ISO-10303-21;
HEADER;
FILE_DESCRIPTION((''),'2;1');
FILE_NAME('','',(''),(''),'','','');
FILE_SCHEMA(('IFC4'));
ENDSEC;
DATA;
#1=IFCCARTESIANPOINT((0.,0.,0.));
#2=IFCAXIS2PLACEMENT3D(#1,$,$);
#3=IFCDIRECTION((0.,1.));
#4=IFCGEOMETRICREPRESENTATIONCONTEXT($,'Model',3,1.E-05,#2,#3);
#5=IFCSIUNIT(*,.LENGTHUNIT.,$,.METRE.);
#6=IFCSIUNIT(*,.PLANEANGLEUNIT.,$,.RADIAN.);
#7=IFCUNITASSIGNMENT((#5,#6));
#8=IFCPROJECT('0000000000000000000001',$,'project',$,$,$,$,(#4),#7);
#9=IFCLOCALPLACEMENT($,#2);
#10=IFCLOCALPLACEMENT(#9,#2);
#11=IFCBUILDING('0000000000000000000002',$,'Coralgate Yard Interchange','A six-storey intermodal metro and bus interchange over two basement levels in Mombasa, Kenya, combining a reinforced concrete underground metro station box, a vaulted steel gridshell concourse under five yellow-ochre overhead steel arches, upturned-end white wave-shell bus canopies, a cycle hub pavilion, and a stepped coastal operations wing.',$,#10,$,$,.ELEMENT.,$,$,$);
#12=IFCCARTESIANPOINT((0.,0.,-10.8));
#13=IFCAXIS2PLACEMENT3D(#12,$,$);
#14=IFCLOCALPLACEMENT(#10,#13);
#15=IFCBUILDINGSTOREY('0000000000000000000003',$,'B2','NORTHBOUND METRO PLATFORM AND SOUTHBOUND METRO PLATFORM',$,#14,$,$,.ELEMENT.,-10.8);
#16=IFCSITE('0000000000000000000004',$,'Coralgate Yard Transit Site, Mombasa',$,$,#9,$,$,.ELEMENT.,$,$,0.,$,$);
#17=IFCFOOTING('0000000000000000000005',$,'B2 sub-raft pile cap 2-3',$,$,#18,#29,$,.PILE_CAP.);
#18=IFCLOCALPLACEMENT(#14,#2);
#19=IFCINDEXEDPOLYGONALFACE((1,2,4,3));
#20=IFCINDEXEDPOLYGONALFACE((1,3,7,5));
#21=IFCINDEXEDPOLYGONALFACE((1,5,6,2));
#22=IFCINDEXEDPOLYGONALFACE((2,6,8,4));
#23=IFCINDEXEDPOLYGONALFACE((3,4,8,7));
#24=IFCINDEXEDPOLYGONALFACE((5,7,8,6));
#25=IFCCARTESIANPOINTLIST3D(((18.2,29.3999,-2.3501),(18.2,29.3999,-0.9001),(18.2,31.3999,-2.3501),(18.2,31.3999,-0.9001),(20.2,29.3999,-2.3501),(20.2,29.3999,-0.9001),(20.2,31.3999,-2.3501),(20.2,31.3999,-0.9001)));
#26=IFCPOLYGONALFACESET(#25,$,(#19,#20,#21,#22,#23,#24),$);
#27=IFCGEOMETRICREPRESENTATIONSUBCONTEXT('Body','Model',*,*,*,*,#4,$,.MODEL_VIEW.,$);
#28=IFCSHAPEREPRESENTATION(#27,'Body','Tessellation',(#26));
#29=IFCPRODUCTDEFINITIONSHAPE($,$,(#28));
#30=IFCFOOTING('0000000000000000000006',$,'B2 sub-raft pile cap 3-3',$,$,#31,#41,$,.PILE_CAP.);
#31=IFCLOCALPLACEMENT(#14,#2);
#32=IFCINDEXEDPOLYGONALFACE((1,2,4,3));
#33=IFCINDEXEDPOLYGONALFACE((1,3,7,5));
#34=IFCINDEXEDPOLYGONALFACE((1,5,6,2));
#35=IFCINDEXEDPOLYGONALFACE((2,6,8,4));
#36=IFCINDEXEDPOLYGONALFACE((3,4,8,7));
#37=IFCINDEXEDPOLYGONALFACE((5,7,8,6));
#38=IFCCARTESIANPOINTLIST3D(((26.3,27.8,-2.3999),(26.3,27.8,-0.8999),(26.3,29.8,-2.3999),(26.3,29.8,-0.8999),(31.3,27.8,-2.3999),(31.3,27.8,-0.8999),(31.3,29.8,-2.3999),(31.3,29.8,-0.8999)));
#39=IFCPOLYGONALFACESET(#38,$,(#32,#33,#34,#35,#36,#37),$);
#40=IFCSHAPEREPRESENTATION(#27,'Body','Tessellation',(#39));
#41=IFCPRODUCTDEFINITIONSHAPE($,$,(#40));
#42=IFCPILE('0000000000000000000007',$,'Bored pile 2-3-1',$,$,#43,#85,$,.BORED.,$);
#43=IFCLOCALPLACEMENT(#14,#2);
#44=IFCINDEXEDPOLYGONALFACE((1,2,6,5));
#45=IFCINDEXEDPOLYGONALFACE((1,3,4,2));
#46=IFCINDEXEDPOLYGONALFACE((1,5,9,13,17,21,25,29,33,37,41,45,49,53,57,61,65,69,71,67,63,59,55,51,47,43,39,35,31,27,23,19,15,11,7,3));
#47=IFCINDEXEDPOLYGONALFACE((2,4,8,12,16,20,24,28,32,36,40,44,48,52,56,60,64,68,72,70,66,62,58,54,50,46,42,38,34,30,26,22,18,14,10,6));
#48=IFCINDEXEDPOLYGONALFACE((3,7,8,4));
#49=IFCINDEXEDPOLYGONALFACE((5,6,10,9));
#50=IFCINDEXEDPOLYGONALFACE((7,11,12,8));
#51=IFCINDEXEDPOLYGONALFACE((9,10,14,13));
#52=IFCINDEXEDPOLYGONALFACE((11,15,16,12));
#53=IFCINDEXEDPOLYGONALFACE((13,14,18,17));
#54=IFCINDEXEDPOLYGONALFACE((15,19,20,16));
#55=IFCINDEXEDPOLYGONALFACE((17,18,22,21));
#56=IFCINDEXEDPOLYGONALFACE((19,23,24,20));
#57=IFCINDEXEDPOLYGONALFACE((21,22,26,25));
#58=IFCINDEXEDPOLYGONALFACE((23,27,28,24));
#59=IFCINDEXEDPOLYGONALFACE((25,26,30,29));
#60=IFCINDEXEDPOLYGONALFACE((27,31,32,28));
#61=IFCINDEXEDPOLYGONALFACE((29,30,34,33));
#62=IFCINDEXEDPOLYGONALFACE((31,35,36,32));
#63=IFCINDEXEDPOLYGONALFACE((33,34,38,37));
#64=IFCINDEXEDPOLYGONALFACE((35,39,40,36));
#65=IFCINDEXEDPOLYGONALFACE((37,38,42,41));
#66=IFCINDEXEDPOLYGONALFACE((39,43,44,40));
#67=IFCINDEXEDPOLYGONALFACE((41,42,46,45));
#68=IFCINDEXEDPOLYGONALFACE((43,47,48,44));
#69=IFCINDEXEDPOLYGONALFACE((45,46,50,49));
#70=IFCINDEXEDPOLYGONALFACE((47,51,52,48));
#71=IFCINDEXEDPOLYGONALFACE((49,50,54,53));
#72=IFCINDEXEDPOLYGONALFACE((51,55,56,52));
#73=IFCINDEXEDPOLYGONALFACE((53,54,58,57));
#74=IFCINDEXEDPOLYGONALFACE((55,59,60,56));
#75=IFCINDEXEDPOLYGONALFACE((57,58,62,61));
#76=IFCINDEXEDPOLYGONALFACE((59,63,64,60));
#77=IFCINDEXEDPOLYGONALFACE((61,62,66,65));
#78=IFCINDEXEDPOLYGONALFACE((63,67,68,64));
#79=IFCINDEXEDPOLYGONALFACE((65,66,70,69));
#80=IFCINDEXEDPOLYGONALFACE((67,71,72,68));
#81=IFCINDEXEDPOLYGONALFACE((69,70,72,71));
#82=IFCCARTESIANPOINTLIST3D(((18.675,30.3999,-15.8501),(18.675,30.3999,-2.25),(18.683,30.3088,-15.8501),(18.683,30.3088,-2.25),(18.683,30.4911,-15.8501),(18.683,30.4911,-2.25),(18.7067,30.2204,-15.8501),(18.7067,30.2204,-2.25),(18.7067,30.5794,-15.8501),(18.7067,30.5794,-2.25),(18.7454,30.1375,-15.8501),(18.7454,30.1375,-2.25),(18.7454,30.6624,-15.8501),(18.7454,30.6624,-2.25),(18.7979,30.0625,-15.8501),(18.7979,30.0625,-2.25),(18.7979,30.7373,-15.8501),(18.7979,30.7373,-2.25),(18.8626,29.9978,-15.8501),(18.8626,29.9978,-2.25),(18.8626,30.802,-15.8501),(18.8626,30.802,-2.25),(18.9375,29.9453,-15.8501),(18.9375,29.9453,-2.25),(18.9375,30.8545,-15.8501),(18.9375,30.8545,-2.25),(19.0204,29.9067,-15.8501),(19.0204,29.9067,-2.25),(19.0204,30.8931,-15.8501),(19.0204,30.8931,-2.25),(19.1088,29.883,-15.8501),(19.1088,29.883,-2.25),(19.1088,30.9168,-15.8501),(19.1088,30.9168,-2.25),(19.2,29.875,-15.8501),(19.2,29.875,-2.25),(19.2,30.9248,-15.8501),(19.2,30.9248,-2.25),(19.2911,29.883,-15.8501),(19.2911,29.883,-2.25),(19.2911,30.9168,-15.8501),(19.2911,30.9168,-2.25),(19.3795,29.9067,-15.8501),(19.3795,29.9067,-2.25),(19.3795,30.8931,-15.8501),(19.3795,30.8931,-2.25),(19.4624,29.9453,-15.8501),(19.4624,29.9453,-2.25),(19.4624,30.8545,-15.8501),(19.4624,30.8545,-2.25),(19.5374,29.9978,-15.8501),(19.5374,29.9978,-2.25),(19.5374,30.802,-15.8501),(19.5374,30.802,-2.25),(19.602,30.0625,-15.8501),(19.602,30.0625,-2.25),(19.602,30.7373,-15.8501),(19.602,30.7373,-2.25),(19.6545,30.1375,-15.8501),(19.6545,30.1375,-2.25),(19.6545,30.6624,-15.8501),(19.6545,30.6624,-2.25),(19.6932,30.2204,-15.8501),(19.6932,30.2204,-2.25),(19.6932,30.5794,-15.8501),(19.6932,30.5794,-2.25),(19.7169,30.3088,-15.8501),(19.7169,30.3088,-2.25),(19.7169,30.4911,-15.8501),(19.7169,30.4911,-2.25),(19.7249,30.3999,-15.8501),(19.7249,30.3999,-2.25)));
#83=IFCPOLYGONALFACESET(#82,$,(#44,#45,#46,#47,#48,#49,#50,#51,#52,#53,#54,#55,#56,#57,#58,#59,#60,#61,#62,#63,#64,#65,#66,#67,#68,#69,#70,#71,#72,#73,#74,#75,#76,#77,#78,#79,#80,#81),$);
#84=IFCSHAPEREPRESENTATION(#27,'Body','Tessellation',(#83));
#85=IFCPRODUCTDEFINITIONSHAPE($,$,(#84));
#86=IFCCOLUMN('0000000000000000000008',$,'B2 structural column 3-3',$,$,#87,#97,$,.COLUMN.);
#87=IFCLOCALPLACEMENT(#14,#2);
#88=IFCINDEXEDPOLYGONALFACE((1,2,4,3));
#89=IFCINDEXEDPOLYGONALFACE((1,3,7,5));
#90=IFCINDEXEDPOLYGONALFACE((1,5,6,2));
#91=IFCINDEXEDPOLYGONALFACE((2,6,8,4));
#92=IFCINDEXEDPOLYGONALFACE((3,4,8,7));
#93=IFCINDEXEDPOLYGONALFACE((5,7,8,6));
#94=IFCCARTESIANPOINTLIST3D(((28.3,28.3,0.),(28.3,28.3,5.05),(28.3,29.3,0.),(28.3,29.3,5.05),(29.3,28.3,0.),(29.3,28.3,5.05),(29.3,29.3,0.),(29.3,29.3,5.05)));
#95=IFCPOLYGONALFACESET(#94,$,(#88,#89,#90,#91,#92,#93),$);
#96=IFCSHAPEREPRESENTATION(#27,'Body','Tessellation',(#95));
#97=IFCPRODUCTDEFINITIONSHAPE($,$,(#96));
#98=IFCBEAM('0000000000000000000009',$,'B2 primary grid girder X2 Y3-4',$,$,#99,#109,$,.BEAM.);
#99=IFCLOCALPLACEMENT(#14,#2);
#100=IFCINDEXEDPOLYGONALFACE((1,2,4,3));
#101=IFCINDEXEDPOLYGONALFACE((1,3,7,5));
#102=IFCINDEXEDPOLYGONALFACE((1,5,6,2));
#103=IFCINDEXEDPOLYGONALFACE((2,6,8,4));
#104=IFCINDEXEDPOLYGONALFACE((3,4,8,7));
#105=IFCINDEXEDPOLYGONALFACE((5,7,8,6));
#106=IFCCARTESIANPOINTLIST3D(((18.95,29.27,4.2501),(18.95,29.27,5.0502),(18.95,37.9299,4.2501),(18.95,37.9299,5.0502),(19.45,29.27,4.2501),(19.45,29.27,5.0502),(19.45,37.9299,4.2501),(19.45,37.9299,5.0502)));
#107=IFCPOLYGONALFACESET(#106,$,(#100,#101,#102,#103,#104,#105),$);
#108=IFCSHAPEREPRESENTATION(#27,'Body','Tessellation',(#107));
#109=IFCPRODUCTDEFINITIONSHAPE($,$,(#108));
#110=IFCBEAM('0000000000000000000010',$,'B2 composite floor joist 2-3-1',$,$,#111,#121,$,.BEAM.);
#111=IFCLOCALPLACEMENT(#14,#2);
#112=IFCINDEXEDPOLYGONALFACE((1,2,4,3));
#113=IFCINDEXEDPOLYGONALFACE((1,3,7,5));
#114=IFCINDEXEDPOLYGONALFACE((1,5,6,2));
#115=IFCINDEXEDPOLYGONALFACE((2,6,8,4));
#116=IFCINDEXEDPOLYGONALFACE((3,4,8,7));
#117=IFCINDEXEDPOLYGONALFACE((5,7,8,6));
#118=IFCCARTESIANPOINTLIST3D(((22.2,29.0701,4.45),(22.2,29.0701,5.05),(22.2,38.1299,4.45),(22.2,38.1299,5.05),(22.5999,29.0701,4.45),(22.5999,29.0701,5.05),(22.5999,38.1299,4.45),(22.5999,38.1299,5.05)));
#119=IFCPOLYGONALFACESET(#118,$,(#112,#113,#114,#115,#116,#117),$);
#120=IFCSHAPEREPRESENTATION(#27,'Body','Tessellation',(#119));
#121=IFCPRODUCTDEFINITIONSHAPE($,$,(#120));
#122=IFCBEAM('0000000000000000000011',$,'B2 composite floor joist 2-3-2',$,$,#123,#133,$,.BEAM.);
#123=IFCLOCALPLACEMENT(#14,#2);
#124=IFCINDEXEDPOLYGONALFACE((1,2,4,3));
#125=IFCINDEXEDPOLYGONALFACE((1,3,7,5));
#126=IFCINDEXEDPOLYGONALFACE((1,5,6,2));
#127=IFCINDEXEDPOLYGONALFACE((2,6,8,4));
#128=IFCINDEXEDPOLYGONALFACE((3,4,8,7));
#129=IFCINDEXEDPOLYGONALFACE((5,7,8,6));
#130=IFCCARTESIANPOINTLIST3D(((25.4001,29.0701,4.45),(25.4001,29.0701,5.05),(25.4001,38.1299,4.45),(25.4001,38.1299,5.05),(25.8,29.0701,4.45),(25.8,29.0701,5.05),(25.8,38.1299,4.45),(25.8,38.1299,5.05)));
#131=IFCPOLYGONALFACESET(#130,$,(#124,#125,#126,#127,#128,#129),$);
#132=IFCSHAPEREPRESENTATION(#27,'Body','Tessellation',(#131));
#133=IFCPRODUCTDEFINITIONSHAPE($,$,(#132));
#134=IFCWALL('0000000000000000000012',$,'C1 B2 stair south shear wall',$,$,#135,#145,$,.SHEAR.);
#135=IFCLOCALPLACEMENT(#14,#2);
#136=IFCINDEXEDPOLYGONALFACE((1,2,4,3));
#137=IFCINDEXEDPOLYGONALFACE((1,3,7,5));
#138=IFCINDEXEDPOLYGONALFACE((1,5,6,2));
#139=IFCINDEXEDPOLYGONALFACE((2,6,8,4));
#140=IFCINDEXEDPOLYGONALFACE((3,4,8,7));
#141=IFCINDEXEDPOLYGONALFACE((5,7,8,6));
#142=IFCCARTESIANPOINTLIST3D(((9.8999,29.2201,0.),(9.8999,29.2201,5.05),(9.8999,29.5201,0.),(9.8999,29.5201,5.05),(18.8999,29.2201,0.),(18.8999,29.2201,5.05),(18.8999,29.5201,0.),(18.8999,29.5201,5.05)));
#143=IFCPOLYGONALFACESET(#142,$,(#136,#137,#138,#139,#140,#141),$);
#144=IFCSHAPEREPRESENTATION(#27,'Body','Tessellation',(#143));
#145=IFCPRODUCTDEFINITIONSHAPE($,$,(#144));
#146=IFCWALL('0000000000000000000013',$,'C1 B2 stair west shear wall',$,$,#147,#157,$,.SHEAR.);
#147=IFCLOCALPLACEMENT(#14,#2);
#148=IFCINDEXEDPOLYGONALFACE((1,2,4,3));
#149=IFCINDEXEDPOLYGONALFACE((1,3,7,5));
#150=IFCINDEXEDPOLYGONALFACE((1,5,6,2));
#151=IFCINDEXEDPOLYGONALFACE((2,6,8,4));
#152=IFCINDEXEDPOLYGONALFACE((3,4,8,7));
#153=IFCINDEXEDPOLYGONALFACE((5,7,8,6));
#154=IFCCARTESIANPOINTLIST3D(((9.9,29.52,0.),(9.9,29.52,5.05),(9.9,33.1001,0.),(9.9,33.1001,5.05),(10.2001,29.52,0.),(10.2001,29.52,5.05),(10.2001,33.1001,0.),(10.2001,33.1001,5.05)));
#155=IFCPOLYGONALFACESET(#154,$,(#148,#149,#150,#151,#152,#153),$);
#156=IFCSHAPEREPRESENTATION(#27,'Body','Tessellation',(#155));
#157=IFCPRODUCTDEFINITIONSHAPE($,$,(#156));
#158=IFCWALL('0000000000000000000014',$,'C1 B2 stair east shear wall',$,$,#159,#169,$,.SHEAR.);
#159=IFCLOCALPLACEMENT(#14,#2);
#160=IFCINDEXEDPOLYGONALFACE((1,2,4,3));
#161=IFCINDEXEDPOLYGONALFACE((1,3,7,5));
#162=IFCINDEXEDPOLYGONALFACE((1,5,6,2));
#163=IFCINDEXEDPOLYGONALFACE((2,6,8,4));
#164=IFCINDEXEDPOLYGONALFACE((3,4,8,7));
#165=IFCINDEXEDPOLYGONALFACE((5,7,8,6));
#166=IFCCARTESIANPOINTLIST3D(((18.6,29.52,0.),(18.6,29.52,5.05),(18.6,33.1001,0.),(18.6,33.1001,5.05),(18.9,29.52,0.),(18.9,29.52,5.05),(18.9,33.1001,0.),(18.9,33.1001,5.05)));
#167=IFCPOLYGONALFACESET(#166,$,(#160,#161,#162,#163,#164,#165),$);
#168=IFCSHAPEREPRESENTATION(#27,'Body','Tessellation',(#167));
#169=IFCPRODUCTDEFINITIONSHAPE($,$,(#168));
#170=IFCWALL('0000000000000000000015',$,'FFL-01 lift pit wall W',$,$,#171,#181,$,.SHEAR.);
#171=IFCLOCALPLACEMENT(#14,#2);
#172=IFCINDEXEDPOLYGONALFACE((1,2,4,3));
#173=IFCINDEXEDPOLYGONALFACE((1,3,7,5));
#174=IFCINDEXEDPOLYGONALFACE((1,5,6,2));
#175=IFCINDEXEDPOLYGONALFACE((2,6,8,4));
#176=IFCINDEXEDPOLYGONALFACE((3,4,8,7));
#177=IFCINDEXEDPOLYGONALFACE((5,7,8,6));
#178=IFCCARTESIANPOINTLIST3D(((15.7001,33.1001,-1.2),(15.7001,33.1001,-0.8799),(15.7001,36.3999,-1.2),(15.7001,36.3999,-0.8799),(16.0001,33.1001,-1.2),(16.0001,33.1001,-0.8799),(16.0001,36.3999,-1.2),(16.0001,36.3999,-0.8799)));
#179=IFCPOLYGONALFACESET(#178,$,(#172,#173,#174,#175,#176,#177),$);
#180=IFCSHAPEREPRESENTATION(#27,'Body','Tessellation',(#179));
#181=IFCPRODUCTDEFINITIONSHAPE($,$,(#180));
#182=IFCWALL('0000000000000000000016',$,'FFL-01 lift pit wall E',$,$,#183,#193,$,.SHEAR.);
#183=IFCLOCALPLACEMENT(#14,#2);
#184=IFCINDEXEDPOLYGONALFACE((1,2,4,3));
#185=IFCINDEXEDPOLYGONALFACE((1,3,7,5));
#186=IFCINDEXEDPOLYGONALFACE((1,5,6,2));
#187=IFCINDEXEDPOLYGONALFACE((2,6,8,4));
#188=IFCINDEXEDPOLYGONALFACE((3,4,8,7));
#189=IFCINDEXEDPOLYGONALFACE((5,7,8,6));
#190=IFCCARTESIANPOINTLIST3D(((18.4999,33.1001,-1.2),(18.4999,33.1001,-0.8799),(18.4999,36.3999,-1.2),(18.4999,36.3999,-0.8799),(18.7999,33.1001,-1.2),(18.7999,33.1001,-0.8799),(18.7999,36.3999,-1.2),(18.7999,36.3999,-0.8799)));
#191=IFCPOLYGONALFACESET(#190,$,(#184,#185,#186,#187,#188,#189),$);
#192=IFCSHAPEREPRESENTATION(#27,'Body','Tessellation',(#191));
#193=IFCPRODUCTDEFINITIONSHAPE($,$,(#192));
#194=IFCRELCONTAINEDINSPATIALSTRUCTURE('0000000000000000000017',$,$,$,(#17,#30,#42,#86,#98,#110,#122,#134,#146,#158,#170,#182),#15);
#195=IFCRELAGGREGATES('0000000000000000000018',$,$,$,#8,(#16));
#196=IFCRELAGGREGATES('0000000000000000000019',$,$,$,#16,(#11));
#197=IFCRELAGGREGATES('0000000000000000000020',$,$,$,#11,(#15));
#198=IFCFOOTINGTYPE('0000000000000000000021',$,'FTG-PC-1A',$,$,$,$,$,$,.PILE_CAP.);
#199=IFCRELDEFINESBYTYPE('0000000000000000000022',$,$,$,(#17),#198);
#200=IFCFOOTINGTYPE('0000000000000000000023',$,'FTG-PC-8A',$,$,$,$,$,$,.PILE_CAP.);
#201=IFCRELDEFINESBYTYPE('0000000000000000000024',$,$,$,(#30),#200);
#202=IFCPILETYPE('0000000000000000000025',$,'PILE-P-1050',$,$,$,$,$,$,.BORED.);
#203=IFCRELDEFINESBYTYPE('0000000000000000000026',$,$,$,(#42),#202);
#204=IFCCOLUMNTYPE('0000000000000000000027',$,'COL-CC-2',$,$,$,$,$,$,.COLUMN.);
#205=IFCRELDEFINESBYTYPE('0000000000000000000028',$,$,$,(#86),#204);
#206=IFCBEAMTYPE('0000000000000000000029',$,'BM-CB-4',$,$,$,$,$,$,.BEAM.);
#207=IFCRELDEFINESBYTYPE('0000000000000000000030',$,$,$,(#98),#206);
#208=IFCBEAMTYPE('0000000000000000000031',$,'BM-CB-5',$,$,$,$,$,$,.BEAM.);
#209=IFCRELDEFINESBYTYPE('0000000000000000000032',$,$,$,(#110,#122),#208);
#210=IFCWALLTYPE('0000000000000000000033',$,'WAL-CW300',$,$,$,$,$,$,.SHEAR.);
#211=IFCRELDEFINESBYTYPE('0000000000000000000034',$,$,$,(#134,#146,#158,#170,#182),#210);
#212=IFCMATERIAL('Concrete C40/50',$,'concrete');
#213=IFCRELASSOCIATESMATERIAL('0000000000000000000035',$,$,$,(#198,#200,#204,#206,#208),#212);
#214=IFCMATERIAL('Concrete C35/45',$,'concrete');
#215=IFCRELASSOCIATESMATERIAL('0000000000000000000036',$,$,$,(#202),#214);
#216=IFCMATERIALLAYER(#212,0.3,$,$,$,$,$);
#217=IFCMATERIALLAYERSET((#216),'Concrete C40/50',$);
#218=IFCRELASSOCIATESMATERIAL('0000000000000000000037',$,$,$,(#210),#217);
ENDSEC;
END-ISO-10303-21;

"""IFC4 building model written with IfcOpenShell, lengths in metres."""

from ifc_helpers import new_model, si_unit, direction, frame, frame_2d, origin, origin_2d, place, context, subcontext, project, spatial, rectangle, circle, extrude, material, layer, layer_set, material_profile, profile_set, type_object, element, save


model = new_model("IFC4")

# Units and contexts
model_context = context("Model", 3, precision=1e-05, world=origin(), true_north=direction((0.0, 1.0)))
body_context = subcontext(model_context, "Body", "Model", "MODEL_VIEW")
ifc_project = project(units=[si_unit("LENGTHUNIT", "METRE"), si_unit("PLANEANGLEUNIT", "RADIAN")], contexts=[model_context])

# Site, building, storey
site_placement = place(None, origin())
site = spatial("IfcSite", under=ifc_project, at=site_placement, Name="Coralgate Yard Transit Site, Mombasa", CompositionType="ELEMENT", RefElevation=0.0)
building_placement = place(site_placement, origin())
building = spatial("IfcBuilding", under=site, at=building_placement, Name="Coralgate Yard Interchange", Description="A six-storey intermodal metro and bus interchange over two basement levels in Mombasa, Kenya, combining a reinforced concrete underground metro station box, a vaulted steel gridshell concourse under five yellow-ochre overhead steel arches, upturned-end white wave-shell bus canopies, a cycle hub pavilion, and a stepped coastal operations wing.", CompositionType="ELEMENT")
storey_placement = place(building_placement, frame((0.0, 0.0, -10.8)))
storey = spatial("IfcBuildingStorey", under=building, at=storey_placement, Name="B2", Description="NORTHBOUND METRO PLATFORM AND SOUTHBOUND METRO PLATFORM", CompositionType="ELEMENT", Elevation=-10.8)

# Footings
ifc_material_1 = material(Name="Concrete C40/50", Category="concrete")
footing_type_1 = type_object("IfcFootingType", Name="FTG-PC-1A", PredefinedType="PILE_CAP", material=ifc_material_1)
footing_1_placement = place(storey_placement, frame((19.2, 30.3999, -2.3501), z_axis=(0.0, 0.0, 1.0), x_axis=(1.0, 0.0, 0.0)))
element("IfcFooting", 1, at=footing_1_placement, inside=storey, type_object=footing_type_1, Name="B2 sub-raft pile cap 2-3", PredefinedType="PILE_CAP", context=body_context, shape_type="SweptSolid", body=[
    extrude(rectangle(XDim=2.0, YDim=2.0, at=origin_2d()), origin(), (0.0, 0.0, 1.0), 1.45),
])
footing_type_2 = type_object("IfcFootingType", Name="FTG-PC-8A", PredefinedType="PILE_CAP", material=ifc_material_1)
footing_2_placement = place(storey_placement, frame((28.8, 28.8, -2.3999), z_axis=(0.0, 0.0, 1.0), x_axis=(1.0, 0.0, 0.0)))
element("IfcFooting", 2, at=footing_2_placement, inside=storey, type_object=footing_type_2, Name="B2 sub-raft pile cap 3-3", PredefinedType="PILE_CAP", context=body_context, shape_type="SweptSolid", body=[
    extrude(rectangle(XDim=5.0, YDim=2.0, at=origin_2d()), origin(), (0.0, 0.0, 1.0), 1.5),
])

# Pile
ifc_material_2 = material(Name="Concrete C35/45", Category="concrete")
ifc_material_profile_1 = material_profile(ifc_material_2, circle(Radius=0.5249, at=origin_2d()), Name="BORED PILE D1050")
ifc_profile_set_1 = profile_set([ifc_material_profile_1], Name="Concrete C35/45")
pile_type = type_object("IfcPileType", Name="PILE-P-1050", PredefinedType="BORED", material=ifc_profile_set_1)
pile_placement = place(storey_placement, frame((19.2, 30.3999, -2.25), z_axis=(0.0, 0.0, -1.0), x_axis=(1.0, 0.0, 0.0)))
element("IfcPile", 3, at=pile_placement, inside=storey, type_object=pile_type, Name="Bored pile 2-3-1", PredefinedType="BORED", context=body_context, shape_type="SweptSolid", body=[
    extrude(circle(Radius=0.5249, at=origin_2d()), origin(), (0.0, 0.0, 1.0), 13.6001),
])

# Column
ifc_material_profile_2 = material_profile(ifc_material_1, rectangle(XDim=1.0, YDim=1.0, at=origin_2d()), Name="RC 1000x1000")
ifc_profile_set_2 = profile_set([ifc_material_profile_2], Name="Concrete C40/50")
column_type = type_object("IfcColumnType", Name="COL-CC-2", PredefinedType="COLUMN", material=ifc_profile_set_2)
column_placement = place(storey_placement, frame((28.8, 28.8, 0.0), z_axis=(0.0, 0.0, 1.0), x_axis=(1.0, 0.0, 0.0)))
element("IfcColumn", 4, at=column_placement, inside=storey, type_object=column_type, Name="B2 structural column 3-3", PredefinedType="COLUMN", context=body_context, shape_type="SweptSolid", body=[
    extrude(rectangle(XDim=1.0, YDim=1.0, at=origin_2d()), origin(), (0.0, 0.0, 1.0), 5.05),
])

# Beams
ifc_material_profile_3 = material_profile(ifc_material_1, rectangle(XDim=0.5, YDim=0.8, at=origin_2d()), Name="RC 500x800")
ifc_profile_set_3 = profile_set([ifc_material_profile_3], Name="Concrete C40/50")
beam_type_1 = type_object("IfcBeamType", Name="BM-CB-4", PredefinedType="BEAM", material=ifc_profile_set_3)
beam_placement = place(storey_placement, frame((19.2, 29.27, 4.6501), z_axis=(0.0, 1.0, 0.0), x_axis=(-1.0, 0.0, 0.0)))
element("IfcBeam", 5, at=beam_placement, inside=storey, type_object=beam_type_1, Name="B2 primary grid girder X2 Y3-4", PredefinedType="BEAM", context=body_context, shape_type="SweptSolid", body=[
    extrude(rectangle(XDim=0.5, YDim=0.8, at=origin_2d()), origin(), (0.0, 0.0, 1.0), 8.6599),
])
ifc_material_profile_4 = material_profile(ifc_material_1, rectangle(XDim=0.3999, YDim=0.6001, at=origin_2d()), Name="RC 400x600")
ifc_profile_set_4 = profile_set([ifc_material_profile_4], Name="Concrete C40/50")
beam_type_2 = type_object("IfcBeamType", Name="BM-CB-5", PredefinedType="BEAM", material=ifc_profile_set_4)
for number, where, z_axis, x_axis, name in (
    (6, (22.3999, 29.0701, 4.75), (0.0, 1.0, 0.0), (-1.0, 0.0, 0.0), "B2 composite floor joist 2-3-1"),
    (7, (25.6001, 29.0701, 4.75), (0.0, 1.0, 0.0), (-1.0, 0.0, 0.0), "B2 composite floor joist 2-3-2"),
):
    element("IfcBeam", number, at=place(storey_placement, frame(where, z_axis=z_axis, x_axis=x_axis)), inside=storey, type_object=beam_type_2, Name=name, PredefinedType="BEAM", context=body_context, shape_type="SweptSolid", body=[
        extrude(rectangle(XDim=0.3999, YDim=0.6001, at=origin_2d()), origin(), (0.0, 0.0, 1.0), 9.0598),
    ])

# Walls
ifc_layer = layer(ifc_material_1, 0.3)
ifc_layer_set = layer_set([ifc_layer], Name="Concrete C40/50")
wall_type = type_object("IfcWallType", Name="WAL-CW300", PredefinedType="SHEAR", material=ifc_layer_set)
wall_1_placement = place(storey_placement, frame((9.8999, 29.3701, 0.0), z_axis=(0.0, 0.0, 1.0), x_axis=(1.0, 0.0, 0.0)))
element("IfcWall", 8, at=wall_1_placement, inside=storey, type_object=wall_type, Name="C1 B2 stair south shear wall", PredefinedType="SHEAR", context=body_context, shape_type="SweptSolid", body=[
    extrude(rectangle(XDim=9.0, YDim=0.3, at=frame_2d((4.5, 0.0))), origin(), (0.0, 0.0, 1.0), 5.05),
])
for number, where, z_axis, x_axis, name in (
    (9, (10.05, 29.52, 0.0), (0.0, 0.0, 1.0), (0.0, 1.0, 0.0), "C1 B2 stair west shear wall"),
    (10, (18.75, 33.1001, 0.0), (0.0, 0.0, 1.0), (0.0, -1.0, 0.0), "C1 B2 stair east shear wall"),
):
    element("IfcWall", number, at=place(storey_placement, frame(where, z_axis=z_axis, x_axis=x_axis)), inside=storey, type_object=wall_type, Name=name, PredefinedType="SHEAR", context=body_context, shape_type="SweptSolid", body=[
        extrude(rectangle(XDim=3.5801, YDim=0.3, at=frame_2d((1.79, 0.0))), origin(), (0.0, 0.0, 1.0), 5.05),
    ])
for number, where, z_axis, x_axis, name in (
    (11, (15.8501, 33.1001, -1.2), (0.0, 0.0, 1.0), (0.0, 1.0, 0.0), "FFL-01 lift pit wall W"),
    (12, (18.6499, 33.1001, -1.2), (0.0, 0.0, 1.0), (0.0, 1.0, 0.0), "FFL-01 lift pit wall E"),
):
    element("IfcWall", number, at=place(storey_placement, frame(where, z_axis=z_axis, x_axis=x_axis)), inside=storey, type_object=wall_type, Name=name, PredefinedType="SHEAR", context=body_context, shape_type="SweptSolid", body=[
        extrude(rectangle(XDim=3.2998, YDim=0.3, at=frame_2d((1.6499, 0.0))), origin(), (0.0, 0.0, 1.0), 0.3201),
    ])

save(model, "model.ifc")
